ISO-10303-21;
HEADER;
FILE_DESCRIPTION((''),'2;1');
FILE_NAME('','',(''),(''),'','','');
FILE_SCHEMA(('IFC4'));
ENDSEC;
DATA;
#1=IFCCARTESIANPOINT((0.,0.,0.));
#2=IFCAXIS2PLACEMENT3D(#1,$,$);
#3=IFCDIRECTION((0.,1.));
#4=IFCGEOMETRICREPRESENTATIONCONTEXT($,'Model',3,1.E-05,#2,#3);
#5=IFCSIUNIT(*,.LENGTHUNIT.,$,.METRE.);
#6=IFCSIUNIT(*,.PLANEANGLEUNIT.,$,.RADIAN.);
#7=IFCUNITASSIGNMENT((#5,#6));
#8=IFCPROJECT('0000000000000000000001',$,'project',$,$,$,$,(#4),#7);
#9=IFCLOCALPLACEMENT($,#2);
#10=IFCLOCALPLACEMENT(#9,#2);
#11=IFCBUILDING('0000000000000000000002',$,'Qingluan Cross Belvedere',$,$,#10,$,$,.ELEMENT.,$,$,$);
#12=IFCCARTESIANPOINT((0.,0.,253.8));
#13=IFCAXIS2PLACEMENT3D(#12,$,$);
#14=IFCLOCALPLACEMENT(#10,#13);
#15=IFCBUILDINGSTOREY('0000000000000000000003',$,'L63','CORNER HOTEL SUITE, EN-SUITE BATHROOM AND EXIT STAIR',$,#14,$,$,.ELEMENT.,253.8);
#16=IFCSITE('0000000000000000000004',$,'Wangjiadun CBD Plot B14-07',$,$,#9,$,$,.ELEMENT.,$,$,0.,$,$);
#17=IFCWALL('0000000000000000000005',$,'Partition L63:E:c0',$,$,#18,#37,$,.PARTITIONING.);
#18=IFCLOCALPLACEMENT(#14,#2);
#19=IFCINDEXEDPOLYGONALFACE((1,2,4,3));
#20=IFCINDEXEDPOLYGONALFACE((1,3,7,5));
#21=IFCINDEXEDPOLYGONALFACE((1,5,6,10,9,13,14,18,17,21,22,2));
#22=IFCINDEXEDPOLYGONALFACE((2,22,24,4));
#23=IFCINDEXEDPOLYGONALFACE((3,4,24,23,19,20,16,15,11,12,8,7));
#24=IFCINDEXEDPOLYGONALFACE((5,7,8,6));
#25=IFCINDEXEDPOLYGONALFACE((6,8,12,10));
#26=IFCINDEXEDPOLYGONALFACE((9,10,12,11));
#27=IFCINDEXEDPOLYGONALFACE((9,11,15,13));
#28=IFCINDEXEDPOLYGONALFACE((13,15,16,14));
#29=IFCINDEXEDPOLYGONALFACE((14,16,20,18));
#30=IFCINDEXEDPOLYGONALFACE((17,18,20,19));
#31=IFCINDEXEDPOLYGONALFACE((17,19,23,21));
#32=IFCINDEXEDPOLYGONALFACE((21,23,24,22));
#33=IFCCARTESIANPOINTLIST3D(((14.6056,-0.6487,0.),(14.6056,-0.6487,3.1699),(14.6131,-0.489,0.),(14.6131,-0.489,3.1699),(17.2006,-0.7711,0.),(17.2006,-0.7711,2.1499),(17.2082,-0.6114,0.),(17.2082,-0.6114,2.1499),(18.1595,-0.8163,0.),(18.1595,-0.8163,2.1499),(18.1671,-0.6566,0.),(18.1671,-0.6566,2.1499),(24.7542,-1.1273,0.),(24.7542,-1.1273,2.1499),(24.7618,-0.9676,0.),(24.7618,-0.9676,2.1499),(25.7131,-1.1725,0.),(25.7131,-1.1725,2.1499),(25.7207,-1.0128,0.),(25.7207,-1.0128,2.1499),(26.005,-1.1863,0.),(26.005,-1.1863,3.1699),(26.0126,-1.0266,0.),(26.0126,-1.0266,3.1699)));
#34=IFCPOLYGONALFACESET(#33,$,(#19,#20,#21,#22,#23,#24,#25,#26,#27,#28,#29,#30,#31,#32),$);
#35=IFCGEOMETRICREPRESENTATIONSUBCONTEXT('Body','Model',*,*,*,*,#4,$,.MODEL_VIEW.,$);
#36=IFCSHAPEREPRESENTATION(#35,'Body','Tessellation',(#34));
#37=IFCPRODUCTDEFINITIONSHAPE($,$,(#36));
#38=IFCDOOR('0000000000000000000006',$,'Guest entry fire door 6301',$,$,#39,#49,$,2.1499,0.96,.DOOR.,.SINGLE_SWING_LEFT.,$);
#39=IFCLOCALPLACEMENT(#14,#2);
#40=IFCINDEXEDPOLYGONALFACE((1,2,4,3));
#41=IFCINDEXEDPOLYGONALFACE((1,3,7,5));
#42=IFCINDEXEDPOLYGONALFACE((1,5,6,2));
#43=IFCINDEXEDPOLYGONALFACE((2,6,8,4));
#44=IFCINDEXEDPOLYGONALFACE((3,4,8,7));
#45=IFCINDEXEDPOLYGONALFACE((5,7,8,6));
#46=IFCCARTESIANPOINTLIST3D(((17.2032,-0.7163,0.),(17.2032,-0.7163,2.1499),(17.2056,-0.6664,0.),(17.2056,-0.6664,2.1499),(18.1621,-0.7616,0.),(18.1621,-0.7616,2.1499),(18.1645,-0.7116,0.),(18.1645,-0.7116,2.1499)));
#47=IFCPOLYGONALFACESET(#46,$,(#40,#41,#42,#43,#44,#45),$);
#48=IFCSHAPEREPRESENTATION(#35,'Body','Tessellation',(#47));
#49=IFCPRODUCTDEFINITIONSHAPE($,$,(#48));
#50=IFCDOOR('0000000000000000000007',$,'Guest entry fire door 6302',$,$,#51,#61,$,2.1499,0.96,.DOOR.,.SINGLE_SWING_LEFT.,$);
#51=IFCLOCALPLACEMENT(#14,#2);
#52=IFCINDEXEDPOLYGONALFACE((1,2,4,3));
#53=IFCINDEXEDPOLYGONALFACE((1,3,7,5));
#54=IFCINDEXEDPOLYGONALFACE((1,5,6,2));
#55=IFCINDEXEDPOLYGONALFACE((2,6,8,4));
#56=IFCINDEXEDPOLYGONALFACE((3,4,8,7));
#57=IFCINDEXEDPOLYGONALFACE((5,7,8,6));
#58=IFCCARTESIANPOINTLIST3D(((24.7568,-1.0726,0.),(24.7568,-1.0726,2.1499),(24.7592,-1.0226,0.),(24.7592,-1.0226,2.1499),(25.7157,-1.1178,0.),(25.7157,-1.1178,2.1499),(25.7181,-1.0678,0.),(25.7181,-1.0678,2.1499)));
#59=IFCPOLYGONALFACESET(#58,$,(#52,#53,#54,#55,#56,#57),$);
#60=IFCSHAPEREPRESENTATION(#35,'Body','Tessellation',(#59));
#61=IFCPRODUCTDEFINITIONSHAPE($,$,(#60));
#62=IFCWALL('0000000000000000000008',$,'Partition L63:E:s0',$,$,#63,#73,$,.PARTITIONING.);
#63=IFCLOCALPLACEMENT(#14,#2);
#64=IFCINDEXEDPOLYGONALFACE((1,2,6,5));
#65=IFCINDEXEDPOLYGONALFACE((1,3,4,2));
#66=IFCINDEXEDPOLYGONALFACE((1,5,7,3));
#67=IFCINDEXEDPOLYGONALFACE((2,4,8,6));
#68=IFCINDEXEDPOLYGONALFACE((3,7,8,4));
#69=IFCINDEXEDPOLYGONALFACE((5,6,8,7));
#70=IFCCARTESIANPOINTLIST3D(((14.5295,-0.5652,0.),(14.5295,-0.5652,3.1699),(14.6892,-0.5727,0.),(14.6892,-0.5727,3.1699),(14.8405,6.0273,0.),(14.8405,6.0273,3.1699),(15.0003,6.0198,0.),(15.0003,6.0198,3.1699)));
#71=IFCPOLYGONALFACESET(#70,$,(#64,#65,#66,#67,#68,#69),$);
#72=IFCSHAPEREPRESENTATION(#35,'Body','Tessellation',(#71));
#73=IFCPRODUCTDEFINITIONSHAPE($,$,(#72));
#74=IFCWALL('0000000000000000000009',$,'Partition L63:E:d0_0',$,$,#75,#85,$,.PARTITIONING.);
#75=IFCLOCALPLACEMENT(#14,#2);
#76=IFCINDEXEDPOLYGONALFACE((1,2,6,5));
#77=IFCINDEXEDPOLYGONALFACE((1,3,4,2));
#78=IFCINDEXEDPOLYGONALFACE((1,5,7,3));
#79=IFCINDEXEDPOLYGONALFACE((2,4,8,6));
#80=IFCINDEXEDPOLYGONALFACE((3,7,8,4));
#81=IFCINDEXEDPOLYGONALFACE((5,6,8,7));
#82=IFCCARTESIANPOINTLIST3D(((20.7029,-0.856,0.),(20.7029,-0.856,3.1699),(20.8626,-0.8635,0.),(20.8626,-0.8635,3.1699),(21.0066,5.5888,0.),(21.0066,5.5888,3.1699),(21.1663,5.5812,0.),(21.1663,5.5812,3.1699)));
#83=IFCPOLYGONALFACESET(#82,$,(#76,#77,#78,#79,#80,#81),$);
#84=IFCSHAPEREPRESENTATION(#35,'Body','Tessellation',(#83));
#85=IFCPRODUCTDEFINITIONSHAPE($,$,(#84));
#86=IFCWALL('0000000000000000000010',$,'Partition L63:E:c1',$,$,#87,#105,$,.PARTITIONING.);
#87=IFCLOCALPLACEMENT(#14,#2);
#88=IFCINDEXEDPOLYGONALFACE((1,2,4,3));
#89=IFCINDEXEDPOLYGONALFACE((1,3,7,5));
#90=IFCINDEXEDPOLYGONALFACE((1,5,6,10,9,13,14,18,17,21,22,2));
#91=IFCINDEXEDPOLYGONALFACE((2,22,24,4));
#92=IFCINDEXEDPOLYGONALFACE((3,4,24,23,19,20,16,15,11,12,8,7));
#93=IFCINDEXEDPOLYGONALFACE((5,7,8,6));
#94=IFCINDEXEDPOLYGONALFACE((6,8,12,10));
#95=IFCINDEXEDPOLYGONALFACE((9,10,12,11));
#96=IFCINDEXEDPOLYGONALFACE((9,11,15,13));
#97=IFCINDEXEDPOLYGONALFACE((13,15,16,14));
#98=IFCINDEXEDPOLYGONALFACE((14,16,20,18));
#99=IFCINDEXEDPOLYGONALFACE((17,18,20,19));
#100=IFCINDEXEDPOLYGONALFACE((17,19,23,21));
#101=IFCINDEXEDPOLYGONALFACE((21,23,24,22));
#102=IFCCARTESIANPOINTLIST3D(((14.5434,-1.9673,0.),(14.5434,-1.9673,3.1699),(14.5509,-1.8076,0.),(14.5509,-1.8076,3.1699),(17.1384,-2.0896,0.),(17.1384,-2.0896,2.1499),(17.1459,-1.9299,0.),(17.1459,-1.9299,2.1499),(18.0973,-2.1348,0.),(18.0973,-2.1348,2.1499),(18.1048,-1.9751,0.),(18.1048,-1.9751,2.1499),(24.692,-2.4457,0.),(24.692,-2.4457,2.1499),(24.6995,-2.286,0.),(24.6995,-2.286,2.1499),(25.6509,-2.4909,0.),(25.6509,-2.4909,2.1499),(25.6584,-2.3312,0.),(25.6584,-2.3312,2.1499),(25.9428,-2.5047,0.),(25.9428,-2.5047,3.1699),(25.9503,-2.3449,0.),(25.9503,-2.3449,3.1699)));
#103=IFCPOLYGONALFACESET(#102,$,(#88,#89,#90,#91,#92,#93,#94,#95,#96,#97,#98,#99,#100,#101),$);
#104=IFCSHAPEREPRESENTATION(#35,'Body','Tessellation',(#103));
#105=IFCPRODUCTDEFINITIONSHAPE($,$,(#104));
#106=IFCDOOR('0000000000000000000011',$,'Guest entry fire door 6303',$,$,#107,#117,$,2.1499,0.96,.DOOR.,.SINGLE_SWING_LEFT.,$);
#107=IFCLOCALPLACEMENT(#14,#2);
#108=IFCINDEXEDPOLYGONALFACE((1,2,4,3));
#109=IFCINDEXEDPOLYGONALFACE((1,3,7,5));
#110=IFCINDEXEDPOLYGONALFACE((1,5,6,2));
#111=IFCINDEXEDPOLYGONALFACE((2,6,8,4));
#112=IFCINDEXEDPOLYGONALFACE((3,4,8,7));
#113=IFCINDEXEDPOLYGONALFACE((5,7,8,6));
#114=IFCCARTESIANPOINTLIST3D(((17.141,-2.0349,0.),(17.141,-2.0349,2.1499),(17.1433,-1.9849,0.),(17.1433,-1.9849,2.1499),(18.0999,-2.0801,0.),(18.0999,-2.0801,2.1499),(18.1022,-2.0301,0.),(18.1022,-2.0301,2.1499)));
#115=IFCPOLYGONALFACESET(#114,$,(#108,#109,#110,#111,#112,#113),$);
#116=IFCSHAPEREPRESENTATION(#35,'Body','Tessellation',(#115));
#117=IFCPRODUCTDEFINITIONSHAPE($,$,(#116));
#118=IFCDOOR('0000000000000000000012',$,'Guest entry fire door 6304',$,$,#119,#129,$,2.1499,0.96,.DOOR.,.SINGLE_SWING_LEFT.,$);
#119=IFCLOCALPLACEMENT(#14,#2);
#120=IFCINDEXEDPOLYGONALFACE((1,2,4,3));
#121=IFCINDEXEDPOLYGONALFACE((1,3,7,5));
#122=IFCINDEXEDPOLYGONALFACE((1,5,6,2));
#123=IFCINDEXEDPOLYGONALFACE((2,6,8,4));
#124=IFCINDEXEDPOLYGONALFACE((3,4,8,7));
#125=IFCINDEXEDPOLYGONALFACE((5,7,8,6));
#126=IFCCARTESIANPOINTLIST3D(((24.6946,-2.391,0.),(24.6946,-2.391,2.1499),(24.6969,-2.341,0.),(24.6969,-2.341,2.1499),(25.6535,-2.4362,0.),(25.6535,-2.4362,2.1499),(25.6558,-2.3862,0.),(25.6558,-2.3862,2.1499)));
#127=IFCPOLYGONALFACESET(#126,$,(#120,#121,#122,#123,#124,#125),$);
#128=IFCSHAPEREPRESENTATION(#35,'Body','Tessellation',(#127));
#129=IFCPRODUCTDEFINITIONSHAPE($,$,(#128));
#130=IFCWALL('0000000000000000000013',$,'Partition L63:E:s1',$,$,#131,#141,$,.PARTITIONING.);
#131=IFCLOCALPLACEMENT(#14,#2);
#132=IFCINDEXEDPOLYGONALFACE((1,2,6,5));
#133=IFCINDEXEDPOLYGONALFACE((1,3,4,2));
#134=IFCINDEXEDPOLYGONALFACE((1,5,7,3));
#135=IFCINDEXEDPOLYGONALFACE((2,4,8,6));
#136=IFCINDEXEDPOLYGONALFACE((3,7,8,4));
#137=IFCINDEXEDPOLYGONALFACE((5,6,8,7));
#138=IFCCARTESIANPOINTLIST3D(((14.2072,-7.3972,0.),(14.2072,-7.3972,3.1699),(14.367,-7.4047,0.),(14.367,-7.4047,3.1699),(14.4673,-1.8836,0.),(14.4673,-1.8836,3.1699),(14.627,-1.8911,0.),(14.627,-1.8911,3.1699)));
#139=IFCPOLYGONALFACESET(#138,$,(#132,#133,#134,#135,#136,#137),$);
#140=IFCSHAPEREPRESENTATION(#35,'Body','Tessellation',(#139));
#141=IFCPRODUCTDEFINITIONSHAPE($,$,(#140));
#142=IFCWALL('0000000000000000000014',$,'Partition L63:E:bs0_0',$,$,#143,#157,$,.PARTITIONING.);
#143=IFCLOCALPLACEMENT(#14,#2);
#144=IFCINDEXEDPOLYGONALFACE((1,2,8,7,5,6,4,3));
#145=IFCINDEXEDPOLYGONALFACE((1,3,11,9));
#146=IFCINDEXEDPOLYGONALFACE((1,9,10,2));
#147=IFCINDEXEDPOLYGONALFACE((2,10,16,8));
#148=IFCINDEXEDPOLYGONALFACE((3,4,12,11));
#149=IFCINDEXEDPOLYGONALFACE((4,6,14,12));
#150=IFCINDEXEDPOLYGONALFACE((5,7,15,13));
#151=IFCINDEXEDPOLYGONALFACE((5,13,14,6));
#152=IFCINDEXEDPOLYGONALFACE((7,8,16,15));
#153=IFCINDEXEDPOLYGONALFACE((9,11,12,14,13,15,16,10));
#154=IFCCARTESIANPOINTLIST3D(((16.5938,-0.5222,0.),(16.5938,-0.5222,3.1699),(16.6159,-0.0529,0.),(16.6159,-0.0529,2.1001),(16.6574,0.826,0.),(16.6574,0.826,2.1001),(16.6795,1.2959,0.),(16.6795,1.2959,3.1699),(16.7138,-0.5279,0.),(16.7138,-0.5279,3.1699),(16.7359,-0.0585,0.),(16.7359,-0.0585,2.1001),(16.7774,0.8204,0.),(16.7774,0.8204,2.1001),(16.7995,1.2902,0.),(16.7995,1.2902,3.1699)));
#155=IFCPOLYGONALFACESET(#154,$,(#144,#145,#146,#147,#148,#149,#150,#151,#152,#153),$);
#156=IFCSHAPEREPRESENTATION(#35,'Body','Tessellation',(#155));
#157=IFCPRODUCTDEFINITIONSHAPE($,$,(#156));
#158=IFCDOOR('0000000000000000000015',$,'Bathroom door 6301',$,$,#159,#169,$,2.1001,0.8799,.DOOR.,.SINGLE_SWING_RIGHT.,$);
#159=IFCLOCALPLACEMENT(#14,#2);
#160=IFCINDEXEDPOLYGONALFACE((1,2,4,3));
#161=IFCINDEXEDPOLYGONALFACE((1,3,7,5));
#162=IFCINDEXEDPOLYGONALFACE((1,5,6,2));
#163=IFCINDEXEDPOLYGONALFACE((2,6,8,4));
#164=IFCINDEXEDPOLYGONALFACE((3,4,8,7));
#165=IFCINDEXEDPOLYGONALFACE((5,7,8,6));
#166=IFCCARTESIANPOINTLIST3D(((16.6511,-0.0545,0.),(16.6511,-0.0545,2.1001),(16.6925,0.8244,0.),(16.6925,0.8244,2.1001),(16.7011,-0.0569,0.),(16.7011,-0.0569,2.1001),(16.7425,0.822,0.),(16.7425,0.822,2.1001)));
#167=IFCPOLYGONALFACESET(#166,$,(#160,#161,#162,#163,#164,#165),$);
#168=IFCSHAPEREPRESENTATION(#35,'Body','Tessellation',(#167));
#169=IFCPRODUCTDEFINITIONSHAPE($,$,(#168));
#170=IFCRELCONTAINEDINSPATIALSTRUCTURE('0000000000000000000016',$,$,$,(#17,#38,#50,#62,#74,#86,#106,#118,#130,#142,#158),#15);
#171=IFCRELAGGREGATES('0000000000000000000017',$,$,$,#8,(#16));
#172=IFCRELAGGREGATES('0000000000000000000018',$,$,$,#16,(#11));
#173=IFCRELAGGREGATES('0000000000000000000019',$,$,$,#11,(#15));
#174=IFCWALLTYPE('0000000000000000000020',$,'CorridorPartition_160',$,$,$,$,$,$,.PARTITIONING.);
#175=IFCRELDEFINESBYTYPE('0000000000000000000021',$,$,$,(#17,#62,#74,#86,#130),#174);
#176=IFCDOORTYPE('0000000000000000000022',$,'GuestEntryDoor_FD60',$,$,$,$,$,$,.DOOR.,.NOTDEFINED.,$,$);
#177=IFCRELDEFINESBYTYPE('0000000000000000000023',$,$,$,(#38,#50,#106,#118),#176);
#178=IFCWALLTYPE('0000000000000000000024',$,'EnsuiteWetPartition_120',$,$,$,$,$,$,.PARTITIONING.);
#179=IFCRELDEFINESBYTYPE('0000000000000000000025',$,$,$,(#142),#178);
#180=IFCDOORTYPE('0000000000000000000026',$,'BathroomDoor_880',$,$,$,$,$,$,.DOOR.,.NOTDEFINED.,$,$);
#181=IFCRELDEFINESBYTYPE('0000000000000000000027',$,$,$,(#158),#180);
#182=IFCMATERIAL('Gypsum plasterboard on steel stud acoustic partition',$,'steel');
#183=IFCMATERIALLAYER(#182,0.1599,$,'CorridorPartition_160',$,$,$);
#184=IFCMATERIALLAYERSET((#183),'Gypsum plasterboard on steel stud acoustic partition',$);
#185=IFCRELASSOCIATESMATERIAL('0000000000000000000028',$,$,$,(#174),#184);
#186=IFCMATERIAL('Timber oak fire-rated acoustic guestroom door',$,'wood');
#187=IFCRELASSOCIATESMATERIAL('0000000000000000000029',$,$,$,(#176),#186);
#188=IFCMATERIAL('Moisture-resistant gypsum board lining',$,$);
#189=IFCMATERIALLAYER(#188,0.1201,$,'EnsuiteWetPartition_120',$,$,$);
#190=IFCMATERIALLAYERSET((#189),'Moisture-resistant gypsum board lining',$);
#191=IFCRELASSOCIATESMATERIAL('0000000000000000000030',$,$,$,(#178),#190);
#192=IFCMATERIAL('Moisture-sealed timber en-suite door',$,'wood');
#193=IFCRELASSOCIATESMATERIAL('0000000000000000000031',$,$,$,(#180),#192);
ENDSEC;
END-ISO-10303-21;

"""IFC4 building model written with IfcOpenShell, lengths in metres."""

from ifc_helpers import new_model, si_unit, direction, frame, frame_2d, origin, place, context, subcontext, project, spatial, rectangle, extrude, material, layer, layer_set, type_object, element, fill, save


model = new_model("IFC4")

# Units and contexts
model_context = context("Model", 3, precision=1e-05, world=origin(), true_north=direction((0.0, 1.0)))
body_context = subcontext(model_context, "Body", "Model", "MODEL_VIEW")
ifc_project = project(units=[si_unit("LENGTHUNIT", "METRE"), si_unit("PLANEANGLEUNIT", "RADIAN")], contexts=[model_context])

# Site, building, storey
site_placement = place(None, origin())
site = spatial("IfcSite", under=ifc_project, at=site_placement, Name="Wangjiadun CBD Plot B14-07", CompositionType="ELEMENT", RefElevation=0.0)
building_placement = place(site_placement, origin())
building = spatial("IfcBuilding", under=site, at=building_placement, Name="Qingluan Cross Belvedere", CompositionType="ELEMENT")
storey_placement = place(building_placement, frame((0.0, 0.0, 253.8)))
storey = spatial("IfcBuildingStorey", under=building, at=storey_placement, Name="L63", Description="CORNER HOTEL SUITE, EN-SUITE BATHROOM AND EXIT STAIR", CompositionType="ELEMENT", Elevation=253.8)

# Shared definitions
ifc_material_1 = material(Name="Gypsum plasterboard on steel stud acoustic partition", Category="steel")
ifc_layer_1 = layer(ifc_material_1, 0.1599, Name="CorridorPartition_160")
ifc_layer_set_1 = layer_set([ifc_layer_1], Name="Gypsum plasterboard on steel stud acoustic partition")
wall_type_1 = type_object("IfcWallType", Name="CorridorPartition_160", PredefinedType="PARTITIONING", material=ifc_layer_set_1)

# Wall, openings, doors
wall_1_placement = place(storey_placement, frame((14.6094, -0.5688, 0.0), z_axis=(0.0, 0.0, 1.0), x_axis=(0.99889, -0.047108, 0.0)))
wall_1 = element("IfcWall", 1, at=wall_1_placement, inside=storey, type_object=wall_type_1, Name="Partition L63:E:c0", PredefinedType="PARTITIONING", context=body_context, shape_type="SweptSolid", body=[
    extrude(rectangle(XDim=11.4121, YDim=0.1599, at=frame_2d((5.7061, 0.0))), origin(), (0.0, 0.0, 1.0), 3.1699),
])
opening_1_placement = place(wall_1_placement, frame((2.5979, 0.0, 0.0)))
opening_1 = element("IfcOpeningElement", 2, at=opening_1_placement, cuts=wall_1, PredefinedType="OPENING", context=body_context, shape_type="SweptSolid", body=[
    extrude(rectangle(XDim=0.96, YDim=2.1499, at=frame_2d((0.48, 1.075))), frame((0.0, 0.0898, 0.0), z_axis=(0.0, -1.0, 0.0), x_axis=(1.0, 0.0, 0.0)), (0.0, 0.0, 1.0), 0.1799),
])
opening_2_placement = place(wall_1_placement, frame((10.1599, 0.0, 0.0)))
opening_2 = element("IfcOpeningElement", 3, at=opening_2_placement, cuts=wall_1, PredefinedType="OPENING", context=body_context, shape_type="SweptSolid", body=[
    extrude(rectangle(XDim=0.96, YDim=2.1499, at=frame_2d((0.48, 1.075))), frame((0.0, 0.0898, 0.0), z_axis=(0.0, -1.0, 0.0), x_axis=(1.0, 0.0, 0.0)), (0.0, 0.0, 1.0), 0.1799),
])
ifc_material_2 = material(Name="Timber oak fire-rated acoustic guestroom door", Category="wood")
door_type_1 = type_object("IfcDoorType", Name="GuestEntryDoor_FD60", OperationType="NOTDEFINED", PredefinedType="DOOR", material=ifc_material_2)
door_1_placement = place(opening_1_placement, origin())
door_1 = element("IfcDoor", 4, at=door_1_placement, inside=storey, type_object=door_type_1, Name="Guest entry fire door 6301", OperationType="SINGLE_SWING_LEFT", OverallHeight=2.1499, OverallWidth=0.96, PredefinedType="DOOR", context=body_context, shape_type="SweptSolid", body=[
    extrude(rectangle(XDim=0.96, YDim=2.1499, at=frame_2d((0.48, 1.075))), frame((0.0, 0.0249, 0.0), z_axis=(0.0, -1.0, 0.0), x_axis=(1.0, 0.0, 0.0)), (0.0, 0.0, 1.0), 0.05),
])
fill(opening_1, door_1)
door_2_placement = place(opening_2_placement, origin())
door_2 = element("IfcDoor", 5, at=door_2_placement, inside=storey, type_object=door_type_1, Name="Guest entry fire door 6302", OperationType="SINGLE_SWING_LEFT", OverallHeight=2.1499, OverallWidth=0.96, PredefinedType="DOOR", context=body_context, shape_type="SweptSolid", body=[
    extrude(rectangle(XDim=0.96, YDim=2.1499, at=frame_2d((0.48, 1.075))), frame((0.0, 0.0249, 0.0), z_axis=(0.0, -1.0, 0.0), x_axis=(1.0, 0.0, 0.0)), (0.0, 0.0, 1.0), 0.05),
])
fill(opening_2, door_2)

# Walls
wall_2_placement = place(storey_placement, frame((14.6094, -0.5688, 0.0), z_axis=(0.0, 0.0, 1.0), x_axis=(0.047128, 0.998889, 0.0)))
element("IfcWall", 6, at=wall_2_placement, inside=storey, type_object=wall_type_1, Name="Partition L63:E:s0", PredefinedType="PARTITIONING", context=body_context, shape_type="SweptSolid", body=[
    extrude(rectangle(XDim=6.5999, YDim=0.1599, at=frame_2d((3.2998, 0.0))), origin(), (0.0, 0.0, 1.0), 3.1699),
])
wall_3_placement = place(storey_placement, frame((20.7827, -0.8599, 0.0), z_axis=(0.0, 0.0, 1.0), x_axis=(0.047073, 0.998891, 0.0)))
element("IfcWall", 7, at=wall_3_placement, inside=storey, type_object=wall_type_1, Name="Partition L63:E:d0_0", PredefinedType="PARTITIONING", context=body_context, shape_type="SweptSolid", body=[
    extrude(rectangle(XDim=6.4519, YDim=0.1599, at=frame_2d((3.2261, 0.0))), origin(), (0.0, 0.0, 1.0), 3.1699),
])

# Wall, openings, doors
wall_4_placement = place(storey_placement, frame((14.5471, -1.8875, 0.0), z_axis=(0.0, 0.0, 1.0), x_axis=(0.998891, -0.047086, 0.0)))
wall_4 = element("IfcWall", 8, at=wall_4_placement, inside=storey, type_object=wall_type_1, Name="Partition L63:E:c1", PredefinedType="PARTITIONING", context=body_context, shape_type="SweptSolid", body=[
    extrude(rectangle(XDim=11.4121, YDim=0.1599, at=frame_2d((5.7061, 0.0))), origin(), (0.0, 0.0, 1.0), 3.1699),
])
opening_3_placement = place(wall_4_placement, frame((2.5979, 0.0, 0.0)))
opening_3 = element("IfcOpeningElement", 9, at=opening_3_placement, cuts=wall_4, PredefinedType="OPENING", context=body_context, shape_type="SweptSolid", body=[
    extrude(rectangle(XDim=0.96, YDim=2.1499, at=frame_2d((0.48, 1.075))), frame((0.0, 0.0898, 0.0), z_axis=(0.0, -1.0, 0.0), x_axis=(1.0, 0.0, 0.0)), (0.0, 0.0, 1.0), 0.1799),
])
opening_4_placement = place(wall_4_placement, frame((10.1599, 0.0, 0.0)))
opening_4 = element("IfcOpeningElement", 10, at=opening_4_placement, cuts=wall_4, PredefinedType="OPENING", context=body_context, shape_type="SweptSolid", body=[
    extrude(rectangle(XDim=0.96, YDim=2.1499, at=frame_2d((0.48, 1.075))), frame((0.0, 0.0898, 0.0), z_axis=(0.0, -1.0, 0.0), x_axis=(1.0, 0.0, 0.0)), (0.0, 0.0, 1.0), 0.1799),
])
door_3_placement = place(opening_3_placement, origin())
door_3 = element("IfcDoor", 11, at=door_3_placement, inside=storey, type_object=door_type_1, Name="Guest entry fire door 6303", OperationType="SINGLE_SWING_LEFT", OverallHeight=2.1499, OverallWidth=0.96, PredefinedType="DOOR", context=body_context, shape_type="SweptSolid", body=[
    extrude(rectangle(XDim=0.96, YDim=2.1499, at=frame_2d((0.48, 1.075))), frame((0.0, 0.0249, 0.0), z_axis=(0.0, -1.0, 0.0), x_axis=(1.0, 0.0, 0.0)), (0.0, 0.0, 1.0), 0.05),
])
fill(opening_3, door_3)
door_4_placement = place(opening_4_placement, origin())
door_4 = element("IfcDoor", 12, at=door_4_placement, inside=storey, type_object=door_type_1, Name="Guest entry fire door 6304", OperationType="SINGLE_SWING_LEFT", OverallHeight=2.1499, OverallWidth=0.96, PredefinedType="DOOR", context=body_context, shape_type="SweptSolid", body=[
    extrude(rectangle(XDim=0.96, YDim=2.1499, at=frame_2d((0.48, 1.075))), frame((0.0, 0.0249, 0.0), z_axis=(0.0, -1.0, 0.0), x_axis=(1.0, 0.0, 0.0)), (0.0, 0.0, 1.0), 0.05),
])
fill(opening_4, door_4)

# Wall
wall_5_placement = place(storey_placement, frame((14.5471, -1.8875, 0.0), z_axis=(0.0, 0.0, 1.0), x_axis=(-0.047105, -0.99889, 0.0)))
element("IfcWall", 13, at=wall_5_placement, inside=storey, type_object=wall_type_1, Name="Partition L63:E:s1", PredefinedType="PARTITIONING", context=body_context, shape_type="SweptSolid", body=[
    extrude(rectangle(XDim=5.5198, YDim=0.1599, at=frame_2d((2.7598, 0.0))), origin(), (0.0, 0.0, 1.0), 3.1699),
])

# Wall, opening, door
ifc_material_3 = material(Name="Moisture-resistant gypsum board lining")
ifc_layer_2 = layer(ifc_material_3, 0.1201, Name="EnsuiteWetPartition_120")
ifc_layer_set_2 = layer_set([ifc_layer_2], Name="Moisture-resistant gypsum board lining")
wall_type_2 = type_object("IfcWallType", Name="EnsuiteWetPartition_120", PredefinedType="PARTITIONING", material=ifc_layer_set_2)
wall_6_placement = place(storey_placement, frame((16.6538, -0.5251, 0.0), z_axis=(0.0, 0.0, 1.0), x_axis=(0.047081, 0.998891, 0.0)))
wall_6 = element("IfcWall", 14, at=wall_6_placement, inside=storey, type_object=wall_type_2, Name="Partition L63:E:bs0_0", PredefinedType="PARTITIONING", context=body_context, shape_type="SweptSolid", body=[
    extrude(rectangle(XDim=1.8201, YDim=0.1201, at=frame_2d((0.9102, 0.0))), origin(), (0.0, 0.0, 1.0), 3.1699),
])
opening_5_placement = place(wall_6_placement, frame((0.47, 0.0, 0.0)))
opening_5 = element("IfcOpeningElement", 15, at=opening_5_placement, cuts=wall_6, PredefinedType="OPENING", context=body_context, shape_type="SweptSolid", body=[
    extrude(rectangle(XDim=0.8799, YDim=2.1001, at=frame_2d((0.4399, 1.05))), frame((0.0, 0.0701, 0.0), z_axis=(0.0, -1.0, 0.0), x_axis=(1.0, 0.0, 0.0)), (0.0, 0.0, 1.0), 0.1401),
])
ifc_material_4 = material(Name="Moisture-sealed timber en-suite door", Category="wood")
door_type_2 = type_object("IfcDoorType", Name="BathroomDoor_880", OperationType="NOTDEFINED", PredefinedType="DOOR", material=ifc_material_4)
door_5_placement = place(opening_5_placement, origin())
door_5 = element("IfcDoor", 16, at=door_5_placement, inside=storey, type_object=door_type_2, Name="Bathroom door 6301", OperationType="SINGLE_SWING_RIGHT", OverallHeight=2.1001, OverallWidth=0.8799, PredefinedType="DOOR", context=body_context, shape_type="SweptSolid", body=[
    extrude(rectangle(XDim=0.8799, YDim=2.1001, at=frame_2d((0.4399, 1.05))), frame((0.0, 0.0249, 0.0), z_axis=(0.0, -1.0, 0.0), x_axis=(1.0, 0.0, 0.0)), (0.0, 0.0, 1.0), 0.05),
])
fill(opening_5, door_5)

save(model, "model.ifc")
